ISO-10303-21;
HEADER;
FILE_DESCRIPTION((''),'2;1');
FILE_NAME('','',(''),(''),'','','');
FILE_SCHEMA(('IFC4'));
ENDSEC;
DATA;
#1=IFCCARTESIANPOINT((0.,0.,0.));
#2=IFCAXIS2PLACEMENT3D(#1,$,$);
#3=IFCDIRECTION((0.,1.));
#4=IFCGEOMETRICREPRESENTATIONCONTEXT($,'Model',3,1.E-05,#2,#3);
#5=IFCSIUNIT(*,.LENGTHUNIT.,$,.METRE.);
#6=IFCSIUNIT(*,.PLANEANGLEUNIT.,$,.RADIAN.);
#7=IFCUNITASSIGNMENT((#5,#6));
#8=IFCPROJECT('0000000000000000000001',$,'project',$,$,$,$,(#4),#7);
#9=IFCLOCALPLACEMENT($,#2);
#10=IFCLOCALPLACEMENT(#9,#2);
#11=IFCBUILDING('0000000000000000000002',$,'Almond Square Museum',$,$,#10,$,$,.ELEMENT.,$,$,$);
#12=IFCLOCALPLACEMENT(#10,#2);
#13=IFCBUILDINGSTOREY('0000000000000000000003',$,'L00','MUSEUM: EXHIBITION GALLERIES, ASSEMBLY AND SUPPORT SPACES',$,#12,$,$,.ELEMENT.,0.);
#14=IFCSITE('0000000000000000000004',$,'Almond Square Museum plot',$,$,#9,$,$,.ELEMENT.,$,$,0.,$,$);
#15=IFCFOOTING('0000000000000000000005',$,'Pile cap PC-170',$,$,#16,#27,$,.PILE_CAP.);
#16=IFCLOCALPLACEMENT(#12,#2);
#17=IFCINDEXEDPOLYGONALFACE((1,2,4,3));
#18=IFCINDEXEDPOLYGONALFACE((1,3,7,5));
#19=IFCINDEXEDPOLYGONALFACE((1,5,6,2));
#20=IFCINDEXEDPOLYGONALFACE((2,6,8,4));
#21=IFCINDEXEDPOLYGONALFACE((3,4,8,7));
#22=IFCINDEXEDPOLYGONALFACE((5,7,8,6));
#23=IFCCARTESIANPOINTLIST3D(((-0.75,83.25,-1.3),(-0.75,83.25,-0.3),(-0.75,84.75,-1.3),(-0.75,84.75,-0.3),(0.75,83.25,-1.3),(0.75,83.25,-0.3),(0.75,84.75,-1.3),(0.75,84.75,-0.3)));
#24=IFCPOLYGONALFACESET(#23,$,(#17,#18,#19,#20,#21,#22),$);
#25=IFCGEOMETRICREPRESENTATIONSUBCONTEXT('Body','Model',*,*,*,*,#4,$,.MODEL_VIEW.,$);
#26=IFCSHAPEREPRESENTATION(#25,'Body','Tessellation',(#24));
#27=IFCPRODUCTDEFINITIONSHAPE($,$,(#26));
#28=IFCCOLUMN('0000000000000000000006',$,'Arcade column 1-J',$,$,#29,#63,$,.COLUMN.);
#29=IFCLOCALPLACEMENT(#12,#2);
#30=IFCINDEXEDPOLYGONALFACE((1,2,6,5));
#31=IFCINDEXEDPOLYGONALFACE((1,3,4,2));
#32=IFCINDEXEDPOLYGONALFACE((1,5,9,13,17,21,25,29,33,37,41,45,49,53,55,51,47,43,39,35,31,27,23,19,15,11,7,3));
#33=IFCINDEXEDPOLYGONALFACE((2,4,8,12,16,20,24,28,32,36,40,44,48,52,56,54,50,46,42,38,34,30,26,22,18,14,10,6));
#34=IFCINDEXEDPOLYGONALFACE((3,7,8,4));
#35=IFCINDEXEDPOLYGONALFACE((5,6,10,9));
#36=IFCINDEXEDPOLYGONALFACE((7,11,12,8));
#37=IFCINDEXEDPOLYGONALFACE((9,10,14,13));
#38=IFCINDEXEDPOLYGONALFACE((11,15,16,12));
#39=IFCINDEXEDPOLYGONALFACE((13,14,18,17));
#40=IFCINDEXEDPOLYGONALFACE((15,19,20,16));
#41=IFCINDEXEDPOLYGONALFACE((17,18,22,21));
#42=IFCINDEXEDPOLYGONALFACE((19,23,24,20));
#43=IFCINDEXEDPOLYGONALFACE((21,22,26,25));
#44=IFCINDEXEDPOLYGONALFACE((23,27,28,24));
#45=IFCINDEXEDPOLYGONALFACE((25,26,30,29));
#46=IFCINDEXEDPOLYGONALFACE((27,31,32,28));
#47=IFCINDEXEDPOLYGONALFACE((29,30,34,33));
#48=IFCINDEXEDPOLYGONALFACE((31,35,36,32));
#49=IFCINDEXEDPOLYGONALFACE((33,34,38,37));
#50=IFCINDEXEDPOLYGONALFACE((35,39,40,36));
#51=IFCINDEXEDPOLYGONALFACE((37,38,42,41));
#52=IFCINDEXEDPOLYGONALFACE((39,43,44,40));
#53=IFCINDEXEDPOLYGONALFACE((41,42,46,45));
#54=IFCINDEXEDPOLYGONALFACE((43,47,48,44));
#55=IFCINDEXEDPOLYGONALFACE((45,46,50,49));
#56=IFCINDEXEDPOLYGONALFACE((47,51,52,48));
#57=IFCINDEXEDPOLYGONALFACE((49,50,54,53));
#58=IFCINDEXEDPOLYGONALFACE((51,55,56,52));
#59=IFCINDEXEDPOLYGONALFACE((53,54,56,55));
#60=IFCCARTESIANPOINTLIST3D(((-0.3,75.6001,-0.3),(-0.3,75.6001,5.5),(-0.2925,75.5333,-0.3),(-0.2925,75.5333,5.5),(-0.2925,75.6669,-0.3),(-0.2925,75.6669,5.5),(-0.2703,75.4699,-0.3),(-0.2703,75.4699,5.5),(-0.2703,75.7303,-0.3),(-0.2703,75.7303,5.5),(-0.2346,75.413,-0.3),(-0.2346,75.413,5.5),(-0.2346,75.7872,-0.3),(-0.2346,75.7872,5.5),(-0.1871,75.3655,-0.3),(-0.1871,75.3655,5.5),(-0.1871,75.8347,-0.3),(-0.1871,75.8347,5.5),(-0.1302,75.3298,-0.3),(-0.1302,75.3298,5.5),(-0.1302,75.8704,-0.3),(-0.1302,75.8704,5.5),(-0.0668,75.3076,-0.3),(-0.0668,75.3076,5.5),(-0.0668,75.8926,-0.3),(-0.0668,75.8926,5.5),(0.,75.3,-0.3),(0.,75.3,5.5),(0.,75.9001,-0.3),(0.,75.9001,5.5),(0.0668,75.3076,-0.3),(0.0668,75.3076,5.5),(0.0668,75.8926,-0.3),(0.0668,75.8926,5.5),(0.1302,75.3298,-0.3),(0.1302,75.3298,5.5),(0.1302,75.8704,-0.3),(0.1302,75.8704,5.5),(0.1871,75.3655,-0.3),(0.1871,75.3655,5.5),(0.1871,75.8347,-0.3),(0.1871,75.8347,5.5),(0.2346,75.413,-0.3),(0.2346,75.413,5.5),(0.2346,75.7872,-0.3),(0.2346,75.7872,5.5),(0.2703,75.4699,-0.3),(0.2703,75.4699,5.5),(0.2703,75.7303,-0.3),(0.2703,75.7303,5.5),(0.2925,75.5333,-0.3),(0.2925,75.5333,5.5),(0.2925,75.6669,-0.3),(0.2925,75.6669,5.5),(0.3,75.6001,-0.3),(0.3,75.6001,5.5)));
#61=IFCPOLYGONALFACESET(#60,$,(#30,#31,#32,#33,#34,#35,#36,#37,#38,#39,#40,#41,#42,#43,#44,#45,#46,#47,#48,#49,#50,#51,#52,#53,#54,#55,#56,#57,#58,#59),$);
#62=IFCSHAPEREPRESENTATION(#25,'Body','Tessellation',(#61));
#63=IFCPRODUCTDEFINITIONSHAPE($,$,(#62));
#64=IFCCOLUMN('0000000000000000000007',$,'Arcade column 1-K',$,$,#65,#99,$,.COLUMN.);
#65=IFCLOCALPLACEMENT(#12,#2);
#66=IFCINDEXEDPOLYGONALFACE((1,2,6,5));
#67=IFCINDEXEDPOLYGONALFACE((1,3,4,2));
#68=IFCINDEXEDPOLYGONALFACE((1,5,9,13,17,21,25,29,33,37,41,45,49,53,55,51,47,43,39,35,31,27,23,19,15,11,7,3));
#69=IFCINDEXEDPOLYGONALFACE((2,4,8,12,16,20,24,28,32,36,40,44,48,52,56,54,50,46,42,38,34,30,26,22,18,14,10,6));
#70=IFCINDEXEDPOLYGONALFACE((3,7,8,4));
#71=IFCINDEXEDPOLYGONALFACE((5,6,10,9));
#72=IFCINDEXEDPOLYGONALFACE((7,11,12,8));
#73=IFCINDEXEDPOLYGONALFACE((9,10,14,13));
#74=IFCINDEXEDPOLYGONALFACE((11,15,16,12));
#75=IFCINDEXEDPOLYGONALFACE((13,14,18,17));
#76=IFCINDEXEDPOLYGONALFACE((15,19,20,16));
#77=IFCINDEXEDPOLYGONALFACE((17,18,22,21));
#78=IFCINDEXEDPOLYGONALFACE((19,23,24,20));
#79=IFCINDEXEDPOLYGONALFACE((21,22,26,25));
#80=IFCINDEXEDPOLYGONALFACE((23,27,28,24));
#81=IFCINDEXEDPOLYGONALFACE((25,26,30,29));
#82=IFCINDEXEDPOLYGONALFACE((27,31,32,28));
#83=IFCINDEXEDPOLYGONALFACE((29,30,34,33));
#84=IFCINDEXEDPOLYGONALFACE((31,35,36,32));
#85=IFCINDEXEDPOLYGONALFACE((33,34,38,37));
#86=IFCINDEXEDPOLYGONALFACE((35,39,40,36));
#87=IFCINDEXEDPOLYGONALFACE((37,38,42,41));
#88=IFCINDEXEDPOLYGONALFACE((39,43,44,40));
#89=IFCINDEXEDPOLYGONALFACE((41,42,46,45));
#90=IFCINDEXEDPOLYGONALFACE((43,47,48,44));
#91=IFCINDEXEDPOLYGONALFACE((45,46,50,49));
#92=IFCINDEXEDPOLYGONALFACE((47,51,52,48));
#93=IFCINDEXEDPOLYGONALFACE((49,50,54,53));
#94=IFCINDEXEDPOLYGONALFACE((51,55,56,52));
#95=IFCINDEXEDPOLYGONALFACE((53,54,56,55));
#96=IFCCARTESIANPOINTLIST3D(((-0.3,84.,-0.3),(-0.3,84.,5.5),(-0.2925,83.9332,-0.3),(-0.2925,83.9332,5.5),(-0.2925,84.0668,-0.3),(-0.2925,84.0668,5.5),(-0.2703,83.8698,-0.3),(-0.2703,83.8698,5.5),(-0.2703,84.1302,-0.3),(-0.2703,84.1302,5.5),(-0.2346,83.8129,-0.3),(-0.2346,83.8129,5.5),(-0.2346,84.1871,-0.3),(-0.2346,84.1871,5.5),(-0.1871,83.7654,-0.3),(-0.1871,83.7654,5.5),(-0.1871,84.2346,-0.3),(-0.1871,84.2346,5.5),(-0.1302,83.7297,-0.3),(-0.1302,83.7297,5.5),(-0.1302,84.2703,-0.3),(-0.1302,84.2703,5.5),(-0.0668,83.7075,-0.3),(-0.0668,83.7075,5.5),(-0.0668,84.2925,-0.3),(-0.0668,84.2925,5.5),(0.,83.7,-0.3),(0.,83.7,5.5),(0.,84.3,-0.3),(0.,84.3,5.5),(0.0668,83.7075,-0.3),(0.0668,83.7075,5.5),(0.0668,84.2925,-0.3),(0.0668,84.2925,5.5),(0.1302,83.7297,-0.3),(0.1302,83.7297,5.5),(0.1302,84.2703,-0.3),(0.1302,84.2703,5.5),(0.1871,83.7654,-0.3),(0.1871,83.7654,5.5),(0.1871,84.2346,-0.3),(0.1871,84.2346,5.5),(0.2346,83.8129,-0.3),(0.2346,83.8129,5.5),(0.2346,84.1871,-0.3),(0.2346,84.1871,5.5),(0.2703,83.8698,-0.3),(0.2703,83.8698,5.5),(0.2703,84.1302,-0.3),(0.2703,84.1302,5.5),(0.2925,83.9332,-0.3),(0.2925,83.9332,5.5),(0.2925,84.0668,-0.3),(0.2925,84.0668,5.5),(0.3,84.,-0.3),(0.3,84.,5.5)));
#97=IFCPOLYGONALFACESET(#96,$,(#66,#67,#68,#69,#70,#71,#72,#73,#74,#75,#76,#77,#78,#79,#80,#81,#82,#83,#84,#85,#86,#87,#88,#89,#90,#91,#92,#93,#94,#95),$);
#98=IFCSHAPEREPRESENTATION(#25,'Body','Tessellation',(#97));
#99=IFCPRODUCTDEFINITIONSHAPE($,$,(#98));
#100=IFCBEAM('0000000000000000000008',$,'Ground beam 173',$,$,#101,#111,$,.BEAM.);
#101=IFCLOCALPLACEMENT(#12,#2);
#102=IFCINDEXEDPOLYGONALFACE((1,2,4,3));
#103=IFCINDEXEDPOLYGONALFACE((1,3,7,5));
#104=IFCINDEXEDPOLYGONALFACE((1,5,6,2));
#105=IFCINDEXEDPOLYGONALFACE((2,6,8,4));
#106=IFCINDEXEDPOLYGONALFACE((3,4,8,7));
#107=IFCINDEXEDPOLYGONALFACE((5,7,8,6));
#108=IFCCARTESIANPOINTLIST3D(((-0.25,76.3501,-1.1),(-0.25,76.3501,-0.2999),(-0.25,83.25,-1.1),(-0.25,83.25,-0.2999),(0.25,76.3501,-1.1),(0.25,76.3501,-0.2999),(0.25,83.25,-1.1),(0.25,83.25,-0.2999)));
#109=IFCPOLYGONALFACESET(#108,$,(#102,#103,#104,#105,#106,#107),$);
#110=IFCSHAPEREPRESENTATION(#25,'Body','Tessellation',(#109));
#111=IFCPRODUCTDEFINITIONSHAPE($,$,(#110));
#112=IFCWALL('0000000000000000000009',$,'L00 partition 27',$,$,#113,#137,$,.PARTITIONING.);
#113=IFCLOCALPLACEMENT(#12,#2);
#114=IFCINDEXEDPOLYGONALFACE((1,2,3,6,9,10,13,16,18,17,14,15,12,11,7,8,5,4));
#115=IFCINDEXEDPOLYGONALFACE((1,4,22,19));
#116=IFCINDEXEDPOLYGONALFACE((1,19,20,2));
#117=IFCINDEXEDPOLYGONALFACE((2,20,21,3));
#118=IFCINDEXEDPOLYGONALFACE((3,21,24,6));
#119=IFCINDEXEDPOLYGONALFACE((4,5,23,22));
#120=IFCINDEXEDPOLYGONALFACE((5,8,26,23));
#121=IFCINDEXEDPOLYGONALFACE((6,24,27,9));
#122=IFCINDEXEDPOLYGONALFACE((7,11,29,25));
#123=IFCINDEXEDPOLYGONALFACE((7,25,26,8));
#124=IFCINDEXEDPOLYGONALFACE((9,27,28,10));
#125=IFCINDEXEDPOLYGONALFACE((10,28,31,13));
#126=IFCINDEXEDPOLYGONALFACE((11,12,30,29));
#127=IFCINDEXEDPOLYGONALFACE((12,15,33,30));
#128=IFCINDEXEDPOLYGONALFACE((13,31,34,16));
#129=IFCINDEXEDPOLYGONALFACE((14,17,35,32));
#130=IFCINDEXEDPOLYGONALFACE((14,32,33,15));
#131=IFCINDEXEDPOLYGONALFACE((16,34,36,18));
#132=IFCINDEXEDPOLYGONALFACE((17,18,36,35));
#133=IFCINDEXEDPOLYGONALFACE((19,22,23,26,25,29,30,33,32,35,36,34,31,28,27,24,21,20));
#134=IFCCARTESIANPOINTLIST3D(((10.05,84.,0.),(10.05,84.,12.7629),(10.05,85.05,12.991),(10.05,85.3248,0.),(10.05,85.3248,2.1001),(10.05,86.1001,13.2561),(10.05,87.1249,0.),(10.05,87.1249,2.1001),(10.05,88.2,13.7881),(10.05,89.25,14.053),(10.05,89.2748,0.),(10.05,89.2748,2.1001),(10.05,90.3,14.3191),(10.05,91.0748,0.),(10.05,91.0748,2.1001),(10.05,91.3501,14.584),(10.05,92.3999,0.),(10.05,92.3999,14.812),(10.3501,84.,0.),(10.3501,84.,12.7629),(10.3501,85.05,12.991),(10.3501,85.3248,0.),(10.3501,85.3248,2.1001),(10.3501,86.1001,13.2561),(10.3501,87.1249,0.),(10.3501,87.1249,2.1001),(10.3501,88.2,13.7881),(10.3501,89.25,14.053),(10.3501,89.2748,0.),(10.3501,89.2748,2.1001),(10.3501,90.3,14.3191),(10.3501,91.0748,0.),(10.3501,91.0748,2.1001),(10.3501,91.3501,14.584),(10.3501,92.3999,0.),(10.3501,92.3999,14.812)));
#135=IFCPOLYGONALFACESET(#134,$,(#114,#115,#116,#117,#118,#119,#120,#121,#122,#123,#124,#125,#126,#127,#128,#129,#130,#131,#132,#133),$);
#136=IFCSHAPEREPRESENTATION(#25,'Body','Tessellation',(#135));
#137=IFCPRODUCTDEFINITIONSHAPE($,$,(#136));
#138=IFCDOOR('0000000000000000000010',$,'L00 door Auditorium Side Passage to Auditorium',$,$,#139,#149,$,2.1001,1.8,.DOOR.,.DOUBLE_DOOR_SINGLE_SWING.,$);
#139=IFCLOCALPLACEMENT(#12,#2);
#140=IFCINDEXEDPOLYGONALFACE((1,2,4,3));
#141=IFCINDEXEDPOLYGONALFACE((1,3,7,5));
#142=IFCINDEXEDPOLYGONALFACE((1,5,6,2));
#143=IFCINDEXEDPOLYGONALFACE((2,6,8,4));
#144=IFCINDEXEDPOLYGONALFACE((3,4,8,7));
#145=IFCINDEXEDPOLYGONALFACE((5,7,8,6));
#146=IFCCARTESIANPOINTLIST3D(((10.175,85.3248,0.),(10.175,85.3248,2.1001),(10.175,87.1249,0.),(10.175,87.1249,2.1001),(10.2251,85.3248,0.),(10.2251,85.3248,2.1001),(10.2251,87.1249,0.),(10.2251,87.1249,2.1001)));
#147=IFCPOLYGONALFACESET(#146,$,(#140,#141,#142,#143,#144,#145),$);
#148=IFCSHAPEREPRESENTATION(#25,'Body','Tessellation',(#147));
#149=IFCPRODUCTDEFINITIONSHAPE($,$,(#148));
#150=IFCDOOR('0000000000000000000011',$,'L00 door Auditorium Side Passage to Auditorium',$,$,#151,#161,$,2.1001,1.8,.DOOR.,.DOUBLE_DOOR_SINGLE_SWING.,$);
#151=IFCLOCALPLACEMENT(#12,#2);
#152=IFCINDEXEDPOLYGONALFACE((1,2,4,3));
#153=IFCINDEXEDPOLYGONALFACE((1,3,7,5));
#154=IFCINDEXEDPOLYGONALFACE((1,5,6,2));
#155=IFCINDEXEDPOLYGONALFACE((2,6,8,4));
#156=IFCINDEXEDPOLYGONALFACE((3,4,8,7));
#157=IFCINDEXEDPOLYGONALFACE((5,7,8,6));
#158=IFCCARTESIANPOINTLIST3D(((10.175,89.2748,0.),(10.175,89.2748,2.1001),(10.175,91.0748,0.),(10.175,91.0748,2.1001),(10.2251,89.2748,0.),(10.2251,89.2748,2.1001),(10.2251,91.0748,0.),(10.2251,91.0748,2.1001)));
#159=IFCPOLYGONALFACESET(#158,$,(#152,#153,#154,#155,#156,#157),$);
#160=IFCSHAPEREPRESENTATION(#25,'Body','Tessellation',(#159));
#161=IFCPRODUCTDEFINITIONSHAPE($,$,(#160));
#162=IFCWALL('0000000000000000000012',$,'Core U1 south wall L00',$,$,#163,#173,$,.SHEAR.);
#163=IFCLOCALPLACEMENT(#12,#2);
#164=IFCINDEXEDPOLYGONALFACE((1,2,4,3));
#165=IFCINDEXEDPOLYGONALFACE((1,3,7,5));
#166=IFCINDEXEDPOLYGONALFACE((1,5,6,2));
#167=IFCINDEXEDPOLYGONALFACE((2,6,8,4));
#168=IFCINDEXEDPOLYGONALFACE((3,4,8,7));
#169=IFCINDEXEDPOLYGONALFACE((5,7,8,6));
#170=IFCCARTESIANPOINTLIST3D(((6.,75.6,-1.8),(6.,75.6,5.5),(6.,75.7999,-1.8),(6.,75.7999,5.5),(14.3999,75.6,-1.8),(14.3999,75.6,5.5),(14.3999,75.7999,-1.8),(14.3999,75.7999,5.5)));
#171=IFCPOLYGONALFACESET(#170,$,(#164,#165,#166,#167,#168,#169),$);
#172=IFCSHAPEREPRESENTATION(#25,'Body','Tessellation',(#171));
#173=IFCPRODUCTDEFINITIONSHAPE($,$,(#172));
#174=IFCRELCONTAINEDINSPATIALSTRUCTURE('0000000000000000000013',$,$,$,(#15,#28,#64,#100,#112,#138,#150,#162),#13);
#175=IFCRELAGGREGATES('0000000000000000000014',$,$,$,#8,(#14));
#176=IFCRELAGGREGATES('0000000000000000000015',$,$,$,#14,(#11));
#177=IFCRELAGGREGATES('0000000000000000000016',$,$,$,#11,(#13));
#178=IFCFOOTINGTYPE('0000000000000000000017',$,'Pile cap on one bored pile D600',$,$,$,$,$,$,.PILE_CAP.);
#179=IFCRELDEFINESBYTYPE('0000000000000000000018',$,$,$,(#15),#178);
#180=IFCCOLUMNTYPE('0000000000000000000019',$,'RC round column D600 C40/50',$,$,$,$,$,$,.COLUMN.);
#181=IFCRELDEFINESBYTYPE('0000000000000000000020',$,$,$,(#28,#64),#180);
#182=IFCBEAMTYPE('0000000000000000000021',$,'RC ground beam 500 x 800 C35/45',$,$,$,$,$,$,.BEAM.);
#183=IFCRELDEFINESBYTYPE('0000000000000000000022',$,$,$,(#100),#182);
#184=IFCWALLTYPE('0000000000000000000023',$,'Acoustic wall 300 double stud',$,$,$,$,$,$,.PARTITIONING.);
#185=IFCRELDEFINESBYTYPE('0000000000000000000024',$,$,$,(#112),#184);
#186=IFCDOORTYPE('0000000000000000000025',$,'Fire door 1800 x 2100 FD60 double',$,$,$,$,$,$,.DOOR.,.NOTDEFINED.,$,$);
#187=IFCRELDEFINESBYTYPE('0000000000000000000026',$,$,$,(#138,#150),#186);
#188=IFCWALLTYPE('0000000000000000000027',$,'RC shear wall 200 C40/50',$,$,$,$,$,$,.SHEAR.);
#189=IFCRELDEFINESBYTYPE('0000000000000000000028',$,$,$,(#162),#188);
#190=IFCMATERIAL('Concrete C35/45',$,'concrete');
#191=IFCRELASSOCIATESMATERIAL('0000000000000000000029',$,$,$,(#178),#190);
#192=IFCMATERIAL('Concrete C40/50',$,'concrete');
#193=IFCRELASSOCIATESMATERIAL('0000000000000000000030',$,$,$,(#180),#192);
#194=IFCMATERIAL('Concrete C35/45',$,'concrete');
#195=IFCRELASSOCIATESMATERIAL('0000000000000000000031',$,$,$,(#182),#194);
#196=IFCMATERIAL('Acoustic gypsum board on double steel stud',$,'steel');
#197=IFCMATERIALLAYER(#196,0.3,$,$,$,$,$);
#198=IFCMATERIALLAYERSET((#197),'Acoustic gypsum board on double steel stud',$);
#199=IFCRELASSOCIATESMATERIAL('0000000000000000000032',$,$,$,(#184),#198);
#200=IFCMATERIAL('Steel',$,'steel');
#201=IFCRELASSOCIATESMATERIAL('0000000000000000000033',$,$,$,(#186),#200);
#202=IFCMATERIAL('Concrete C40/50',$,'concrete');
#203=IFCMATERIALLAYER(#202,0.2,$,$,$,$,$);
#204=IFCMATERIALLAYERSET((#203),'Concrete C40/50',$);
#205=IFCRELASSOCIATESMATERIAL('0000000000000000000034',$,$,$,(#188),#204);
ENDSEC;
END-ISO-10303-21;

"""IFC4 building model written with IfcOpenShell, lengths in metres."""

from ifc_helpers import new_model, si_unit, direction, frame, frame_2d, origin, origin_2d, place, context, subcontext, project, spatial, polyline, rectangle, circle, outline, extrude, material, layer, layer_set, material_profile, profile_set, type_object, element, fill, save


model = new_model("IFC4")

# Units and contexts
model_context = context("Model", 3, precision=1e-05, world=origin(), true_north=direction((0.0, 1.0)))
body_context = subcontext(model_context, "Body", "Model", "MODEL_VIEW")
ifc_project = project(units=[si_unit("LENGTHUNIT", "METRE"), si_unit("PLANEANGLEUNIT", "RADIAN")], contexts=[model_context])

# Site, building, storey
site_placement = place(None, origin())
site = spatial("IfcSite", under=ifc_project, at=site_placement, Name="Almond Square Museum plot", CompositionType="ELEMENT", RefElevation=0.0)
building_placement = place(site_placement, origin())
building = spatial("IfcBuilding", under=site, at=building_placement, Name="Almond Square Museum", CompositionType="ELEMENT")
storey_placement = place(building_placement, origin())
storey = spatial("IfcBuildingStorey", under=building, at=storey_placement, Name="L00", Description="MUSEUM: EXHIBITION GALLERIES, ASSEMBLY AND SUPPORT SPACES", CompositionType="ELEMENT", Elevation=0.0)

# Footing
ifc_material_1 = material(Name="Concrete C35/45", Category="concrete")
footing_type_1 = type_object("IfcFootingType", Name="Pile cap on one bored pile D600", PredefinedType="PILE_CAP", material=ifc_material_1)
for number, where, z_axis, x_axis, name in (
    (1, (0.0, 84.0, -1.3), (0.0, 0.0, 1.0), (1.0, 0.0, 0.0), "Pile cap PC-170"),
):
    element("IfcFooting", number, at=place(storey_placement, frame(where, z_axis=z_axis, x_axis=x_axis)), inside=storey, type_object=footing_type_1, Name=name, PredefinedType="PILE_CAP", context=body_context, shape_type="SweptSolid", body=[
        extrude(rectangle(XDim=1.5, YDim=1.5, at=origin_2d()), origin(), (0.0, 0.0, 1.0), 1.0),
    ])

# Columns
ifc_material_2 = material(Name="Concrete C40/50", Category="concrete")
ifc_material_profile_1 = material_profile(ifc_material_2, circle(Radius=0.3, at=origin_2d()))
ifc_profile_set_1 = profile_set([ifc_material_profile_1], Name="Concrete C40/50")
column_type = type_object("IfcColumnType", Name="RC round column D600 C40/50", PredefinedType="COLUMN", material=ifc_profile_set_1)
for number, where, z_axis, x_axis, name in (
    (2, (0.0, 75.6001, -0.3), (0.0, 0.0, 1.0), (1.0, 0.0, 0.0), "Arcade column 1-J"),
    (3, (0.0, 84.0, -0.3), (0.0, 0.0, 1.0), (1.0, 0.0, 0.0), "Arcade column 1-K"),
):
    element("IfcColumn", number, at=place(storey_placement, frame(where, z_axis=z_axis, x_axis=x_axis)), inside=storey, type_object=column_type, Name=name, PredefinedType="COLUMN", context=body_context, shape_type="SweptSolid", body=[
        extrude(circle(Radius=0.3, at=origin_2d()), origin(), (0.0, 0.0, 1.0), 5.8),
    ])

# Beam
ifc_material_3 = material(Name="Concrete C35/45", Category="concrete")
ifc_material_profile_2 = material_profile(ifc_material_3, rectangle(XDim=0.5, YDim=0.8, at=origin_2d()))
ifc_profile_set_2 = profile_set([ifc_material_profile_2], Name="Concrete C35/45")
beam_type = type_object("IfcBeamType", Name="RC ground beam 500 x 800 C35/45", PredefinedType="BEAM", material=ifc_profile_set_2)
beam_placement = place(storey_placement, frame((0.0, 76.3501, -0.7), z_axis=(0.0, 1.0, 0.0), x_axis=(-1.0, 0.0, 0.0)))
element("IfcBeam", 4, at=beam_placement, inside=storey, type_object=beam_type, Name="Ground beam 173", PredefinedType="BEAM", context=body_context, shape_type="SweptSolid", body=[
    extrude(rectangle(XDim=0.5, YDim=0.8, at=origin_2d()), origin(), (0.0, 0.0, 1.0), 6.8999),
])

# Wall, openings, doors
ifc_material_4 = material(Name="Acoustic gypsum board on double steel stud", Category="steel")
ifc_layer_1 = layer(ifc_material_4, 0.3)
ifc_layer_set_1 = layer_set([ifc_layer_1], Name="Acoustic gypsum board on double steel stud")
wall_type_1 = type_object("IfcWallType", Name="Acoustic wall 300 double stud", PredefinedType="PARTITIONING", material=ifc_layer_set_1)
wall_1_placement = place(storey_placement, frame((10.2, 84.0, 0.0), z_axis=(0.0, 0.0, 1.0), x_axis=(0.0, 1.0, 0.0)))
wall_1 = element("IfcWall", 5, at=wall_1_placement, inside=storey, type_object=wall_type_1, Name="L00 partition 27", PredefinedType="PARTITIONING", context=body_context, shape_type="SweptSolid", body=[
    extrude(outline(polyline([(0.0, 0.0), (8.3999, 0.0), (8.3999, 14.812), (7.3501, 14.584), (6.3, 14.3191), (5.25, 14.053), (4.2, 13.7881), (2.1001, 13.2561), (1.05, 12.991), (0.0, 12.7629), (0.0, 0.0)])), frame((0.0, 0.1499, 0.0), z_axis=(0.0, -1.0, 0.0), x_axis=(1.0, 0.0, 0.0)), (0.0, 0.0, 1.0), 0.3),
])
opening_1_placement = place(wall_1_placement, frame((1.325, 0.0, 0.0)))
opening_1 = element("IfcOpeningElement", 6, at=opening_1_placement, cuts=wall_1, PredefinedType="OPENING", context=body_context, shape_type="SweptSolid", body=[
    extrude(rectangle(XDim=1.8, YDim=2.1001, at=frame_2d((0.8999, 1.05))), frame((0.0, 0.1599, 0.0), z_axis=(0.0, -1.0, 0.0), x_axis=(1.0, 0.0, 0.0)), (0.0, 0.0, 1.0), 0.3201),
])
opening_2_placement = place(wall_1_placement, frame((5.2749, 0.0, 0.0)))
opening_2 = element("IfcOpeningElement", 7, at=opening_2_placement, cuts=wall_1, PredefinedType="OPENING", context=body_context, shape_type="SweptSolid", body=[
    extrude(rectangle(XDim=1.8, YDim=2.1001, at=frame_2d((0.8999, 1.05))), frame((0.0, 0.1599, 0.0), z_axis=(0.0, -1.0, 0.0), x_axis=(1.0, 0.0, 0.0)), (0.0, 0.0, 1.0), 0.3201),
])
ifc_material_5 = material(Name="Steel", Category="steel")
door_type_1 = type_object("IfcDoorType", Name="Fire door 1800 x 2100 FD60 double", OperationType="NOTDEFINED", PredefinedType="DOOR", material=ifc_material_5)
door_1_placement = place(opening_1_placement, origin())
door_1 = element("IfcDoor", 8, at=door_1_placement, inside=storey, type_object=door_type_1, Name="L00 door Auditorium Side Passage to Auditorium", OperationType="DOUBLE_DOOR_SINGLE_SWING", OverallHeight=2.1001, OverallWidth=1.8, PredefinedType="DOOR", context=body_context, shape_type="SweptSolid", body=[
    extrude(rectangle(XDim=1.8, YDim=2.1001, at=frame_2d((0.8999, 1.05))), frame((0.0, 0.0249, 0.0), z_axis=(0.0, -1.0, 0.0), x_axis=(1.0, 0.0, 0.0)), (0.0, 0.0, 1.0), 0.05),
])
fill(opening_1, door_1)
door_2_placement = place(opening_2_placement, origin())
door_2 = element("IfcDoor", 9, at=door_2_placement, inside=storey, type_object=door_type_1, Name="L00 door Auditorium Side Passage to Auditorium", OperationType="DOUBLE_DOOR_SINGLE_SWING", OverallHeight=2.1001, OverallWidth=1.8, PredefinedType="DOOR", context=body_context, shape_type="SweptSolid", body=[
    extrude(rectangle(XDim=1.8, YDim=2.1001, at=frame_2d((0.8999, 1.05))), frame((0.0, 0.0249, 0.0), z_axis=(0.0, -1.0, 0.0), x_axis=(1.0, 0.0, 0.0)), (0.0, 0.0, 1.0), 0.05),
])
fill(opening_2, door_2)

# Wall
ifc_material_6 = material(Name="Concrete C40/50", Category="concrete")
ifc_layer_2 = layer(ifc_material_6, 0.2)
ifc_layer_set_2 = layer_set([ifc_layer_2], Name="Concrete C40/50")
wall_type_2 = type_object("IfcWallType", Name="RC shear wall 200 C40/50", PredefinedType="SHEAR", material=ifc_layer_set_2)
for number, where, z_axis, x_axis, name in (
    (10, (6.0, 75.7, -1.8), (0.0, 0.0, 1.0), (1.0, 0.0, 0.0), "Core U1 south wall L00"),
):
    element("IfcWall", number, at=place(storey_placement, frame(where, z_axis=z_axis, x_axis=x_axis)), inside=storey, type_object=wall_type_2, Name=name, PredefinedType="SHEAR", context=body_context, shape_type="SweptSolid", body=[
        extrude(rectangle(XDim=8.3999, YDim=0.2, at=frame_2d((4.2, 0.0))), origin(), (0.0, 0.0, 1.0), 7.3),
    ])

save(model, "model.ifc")
